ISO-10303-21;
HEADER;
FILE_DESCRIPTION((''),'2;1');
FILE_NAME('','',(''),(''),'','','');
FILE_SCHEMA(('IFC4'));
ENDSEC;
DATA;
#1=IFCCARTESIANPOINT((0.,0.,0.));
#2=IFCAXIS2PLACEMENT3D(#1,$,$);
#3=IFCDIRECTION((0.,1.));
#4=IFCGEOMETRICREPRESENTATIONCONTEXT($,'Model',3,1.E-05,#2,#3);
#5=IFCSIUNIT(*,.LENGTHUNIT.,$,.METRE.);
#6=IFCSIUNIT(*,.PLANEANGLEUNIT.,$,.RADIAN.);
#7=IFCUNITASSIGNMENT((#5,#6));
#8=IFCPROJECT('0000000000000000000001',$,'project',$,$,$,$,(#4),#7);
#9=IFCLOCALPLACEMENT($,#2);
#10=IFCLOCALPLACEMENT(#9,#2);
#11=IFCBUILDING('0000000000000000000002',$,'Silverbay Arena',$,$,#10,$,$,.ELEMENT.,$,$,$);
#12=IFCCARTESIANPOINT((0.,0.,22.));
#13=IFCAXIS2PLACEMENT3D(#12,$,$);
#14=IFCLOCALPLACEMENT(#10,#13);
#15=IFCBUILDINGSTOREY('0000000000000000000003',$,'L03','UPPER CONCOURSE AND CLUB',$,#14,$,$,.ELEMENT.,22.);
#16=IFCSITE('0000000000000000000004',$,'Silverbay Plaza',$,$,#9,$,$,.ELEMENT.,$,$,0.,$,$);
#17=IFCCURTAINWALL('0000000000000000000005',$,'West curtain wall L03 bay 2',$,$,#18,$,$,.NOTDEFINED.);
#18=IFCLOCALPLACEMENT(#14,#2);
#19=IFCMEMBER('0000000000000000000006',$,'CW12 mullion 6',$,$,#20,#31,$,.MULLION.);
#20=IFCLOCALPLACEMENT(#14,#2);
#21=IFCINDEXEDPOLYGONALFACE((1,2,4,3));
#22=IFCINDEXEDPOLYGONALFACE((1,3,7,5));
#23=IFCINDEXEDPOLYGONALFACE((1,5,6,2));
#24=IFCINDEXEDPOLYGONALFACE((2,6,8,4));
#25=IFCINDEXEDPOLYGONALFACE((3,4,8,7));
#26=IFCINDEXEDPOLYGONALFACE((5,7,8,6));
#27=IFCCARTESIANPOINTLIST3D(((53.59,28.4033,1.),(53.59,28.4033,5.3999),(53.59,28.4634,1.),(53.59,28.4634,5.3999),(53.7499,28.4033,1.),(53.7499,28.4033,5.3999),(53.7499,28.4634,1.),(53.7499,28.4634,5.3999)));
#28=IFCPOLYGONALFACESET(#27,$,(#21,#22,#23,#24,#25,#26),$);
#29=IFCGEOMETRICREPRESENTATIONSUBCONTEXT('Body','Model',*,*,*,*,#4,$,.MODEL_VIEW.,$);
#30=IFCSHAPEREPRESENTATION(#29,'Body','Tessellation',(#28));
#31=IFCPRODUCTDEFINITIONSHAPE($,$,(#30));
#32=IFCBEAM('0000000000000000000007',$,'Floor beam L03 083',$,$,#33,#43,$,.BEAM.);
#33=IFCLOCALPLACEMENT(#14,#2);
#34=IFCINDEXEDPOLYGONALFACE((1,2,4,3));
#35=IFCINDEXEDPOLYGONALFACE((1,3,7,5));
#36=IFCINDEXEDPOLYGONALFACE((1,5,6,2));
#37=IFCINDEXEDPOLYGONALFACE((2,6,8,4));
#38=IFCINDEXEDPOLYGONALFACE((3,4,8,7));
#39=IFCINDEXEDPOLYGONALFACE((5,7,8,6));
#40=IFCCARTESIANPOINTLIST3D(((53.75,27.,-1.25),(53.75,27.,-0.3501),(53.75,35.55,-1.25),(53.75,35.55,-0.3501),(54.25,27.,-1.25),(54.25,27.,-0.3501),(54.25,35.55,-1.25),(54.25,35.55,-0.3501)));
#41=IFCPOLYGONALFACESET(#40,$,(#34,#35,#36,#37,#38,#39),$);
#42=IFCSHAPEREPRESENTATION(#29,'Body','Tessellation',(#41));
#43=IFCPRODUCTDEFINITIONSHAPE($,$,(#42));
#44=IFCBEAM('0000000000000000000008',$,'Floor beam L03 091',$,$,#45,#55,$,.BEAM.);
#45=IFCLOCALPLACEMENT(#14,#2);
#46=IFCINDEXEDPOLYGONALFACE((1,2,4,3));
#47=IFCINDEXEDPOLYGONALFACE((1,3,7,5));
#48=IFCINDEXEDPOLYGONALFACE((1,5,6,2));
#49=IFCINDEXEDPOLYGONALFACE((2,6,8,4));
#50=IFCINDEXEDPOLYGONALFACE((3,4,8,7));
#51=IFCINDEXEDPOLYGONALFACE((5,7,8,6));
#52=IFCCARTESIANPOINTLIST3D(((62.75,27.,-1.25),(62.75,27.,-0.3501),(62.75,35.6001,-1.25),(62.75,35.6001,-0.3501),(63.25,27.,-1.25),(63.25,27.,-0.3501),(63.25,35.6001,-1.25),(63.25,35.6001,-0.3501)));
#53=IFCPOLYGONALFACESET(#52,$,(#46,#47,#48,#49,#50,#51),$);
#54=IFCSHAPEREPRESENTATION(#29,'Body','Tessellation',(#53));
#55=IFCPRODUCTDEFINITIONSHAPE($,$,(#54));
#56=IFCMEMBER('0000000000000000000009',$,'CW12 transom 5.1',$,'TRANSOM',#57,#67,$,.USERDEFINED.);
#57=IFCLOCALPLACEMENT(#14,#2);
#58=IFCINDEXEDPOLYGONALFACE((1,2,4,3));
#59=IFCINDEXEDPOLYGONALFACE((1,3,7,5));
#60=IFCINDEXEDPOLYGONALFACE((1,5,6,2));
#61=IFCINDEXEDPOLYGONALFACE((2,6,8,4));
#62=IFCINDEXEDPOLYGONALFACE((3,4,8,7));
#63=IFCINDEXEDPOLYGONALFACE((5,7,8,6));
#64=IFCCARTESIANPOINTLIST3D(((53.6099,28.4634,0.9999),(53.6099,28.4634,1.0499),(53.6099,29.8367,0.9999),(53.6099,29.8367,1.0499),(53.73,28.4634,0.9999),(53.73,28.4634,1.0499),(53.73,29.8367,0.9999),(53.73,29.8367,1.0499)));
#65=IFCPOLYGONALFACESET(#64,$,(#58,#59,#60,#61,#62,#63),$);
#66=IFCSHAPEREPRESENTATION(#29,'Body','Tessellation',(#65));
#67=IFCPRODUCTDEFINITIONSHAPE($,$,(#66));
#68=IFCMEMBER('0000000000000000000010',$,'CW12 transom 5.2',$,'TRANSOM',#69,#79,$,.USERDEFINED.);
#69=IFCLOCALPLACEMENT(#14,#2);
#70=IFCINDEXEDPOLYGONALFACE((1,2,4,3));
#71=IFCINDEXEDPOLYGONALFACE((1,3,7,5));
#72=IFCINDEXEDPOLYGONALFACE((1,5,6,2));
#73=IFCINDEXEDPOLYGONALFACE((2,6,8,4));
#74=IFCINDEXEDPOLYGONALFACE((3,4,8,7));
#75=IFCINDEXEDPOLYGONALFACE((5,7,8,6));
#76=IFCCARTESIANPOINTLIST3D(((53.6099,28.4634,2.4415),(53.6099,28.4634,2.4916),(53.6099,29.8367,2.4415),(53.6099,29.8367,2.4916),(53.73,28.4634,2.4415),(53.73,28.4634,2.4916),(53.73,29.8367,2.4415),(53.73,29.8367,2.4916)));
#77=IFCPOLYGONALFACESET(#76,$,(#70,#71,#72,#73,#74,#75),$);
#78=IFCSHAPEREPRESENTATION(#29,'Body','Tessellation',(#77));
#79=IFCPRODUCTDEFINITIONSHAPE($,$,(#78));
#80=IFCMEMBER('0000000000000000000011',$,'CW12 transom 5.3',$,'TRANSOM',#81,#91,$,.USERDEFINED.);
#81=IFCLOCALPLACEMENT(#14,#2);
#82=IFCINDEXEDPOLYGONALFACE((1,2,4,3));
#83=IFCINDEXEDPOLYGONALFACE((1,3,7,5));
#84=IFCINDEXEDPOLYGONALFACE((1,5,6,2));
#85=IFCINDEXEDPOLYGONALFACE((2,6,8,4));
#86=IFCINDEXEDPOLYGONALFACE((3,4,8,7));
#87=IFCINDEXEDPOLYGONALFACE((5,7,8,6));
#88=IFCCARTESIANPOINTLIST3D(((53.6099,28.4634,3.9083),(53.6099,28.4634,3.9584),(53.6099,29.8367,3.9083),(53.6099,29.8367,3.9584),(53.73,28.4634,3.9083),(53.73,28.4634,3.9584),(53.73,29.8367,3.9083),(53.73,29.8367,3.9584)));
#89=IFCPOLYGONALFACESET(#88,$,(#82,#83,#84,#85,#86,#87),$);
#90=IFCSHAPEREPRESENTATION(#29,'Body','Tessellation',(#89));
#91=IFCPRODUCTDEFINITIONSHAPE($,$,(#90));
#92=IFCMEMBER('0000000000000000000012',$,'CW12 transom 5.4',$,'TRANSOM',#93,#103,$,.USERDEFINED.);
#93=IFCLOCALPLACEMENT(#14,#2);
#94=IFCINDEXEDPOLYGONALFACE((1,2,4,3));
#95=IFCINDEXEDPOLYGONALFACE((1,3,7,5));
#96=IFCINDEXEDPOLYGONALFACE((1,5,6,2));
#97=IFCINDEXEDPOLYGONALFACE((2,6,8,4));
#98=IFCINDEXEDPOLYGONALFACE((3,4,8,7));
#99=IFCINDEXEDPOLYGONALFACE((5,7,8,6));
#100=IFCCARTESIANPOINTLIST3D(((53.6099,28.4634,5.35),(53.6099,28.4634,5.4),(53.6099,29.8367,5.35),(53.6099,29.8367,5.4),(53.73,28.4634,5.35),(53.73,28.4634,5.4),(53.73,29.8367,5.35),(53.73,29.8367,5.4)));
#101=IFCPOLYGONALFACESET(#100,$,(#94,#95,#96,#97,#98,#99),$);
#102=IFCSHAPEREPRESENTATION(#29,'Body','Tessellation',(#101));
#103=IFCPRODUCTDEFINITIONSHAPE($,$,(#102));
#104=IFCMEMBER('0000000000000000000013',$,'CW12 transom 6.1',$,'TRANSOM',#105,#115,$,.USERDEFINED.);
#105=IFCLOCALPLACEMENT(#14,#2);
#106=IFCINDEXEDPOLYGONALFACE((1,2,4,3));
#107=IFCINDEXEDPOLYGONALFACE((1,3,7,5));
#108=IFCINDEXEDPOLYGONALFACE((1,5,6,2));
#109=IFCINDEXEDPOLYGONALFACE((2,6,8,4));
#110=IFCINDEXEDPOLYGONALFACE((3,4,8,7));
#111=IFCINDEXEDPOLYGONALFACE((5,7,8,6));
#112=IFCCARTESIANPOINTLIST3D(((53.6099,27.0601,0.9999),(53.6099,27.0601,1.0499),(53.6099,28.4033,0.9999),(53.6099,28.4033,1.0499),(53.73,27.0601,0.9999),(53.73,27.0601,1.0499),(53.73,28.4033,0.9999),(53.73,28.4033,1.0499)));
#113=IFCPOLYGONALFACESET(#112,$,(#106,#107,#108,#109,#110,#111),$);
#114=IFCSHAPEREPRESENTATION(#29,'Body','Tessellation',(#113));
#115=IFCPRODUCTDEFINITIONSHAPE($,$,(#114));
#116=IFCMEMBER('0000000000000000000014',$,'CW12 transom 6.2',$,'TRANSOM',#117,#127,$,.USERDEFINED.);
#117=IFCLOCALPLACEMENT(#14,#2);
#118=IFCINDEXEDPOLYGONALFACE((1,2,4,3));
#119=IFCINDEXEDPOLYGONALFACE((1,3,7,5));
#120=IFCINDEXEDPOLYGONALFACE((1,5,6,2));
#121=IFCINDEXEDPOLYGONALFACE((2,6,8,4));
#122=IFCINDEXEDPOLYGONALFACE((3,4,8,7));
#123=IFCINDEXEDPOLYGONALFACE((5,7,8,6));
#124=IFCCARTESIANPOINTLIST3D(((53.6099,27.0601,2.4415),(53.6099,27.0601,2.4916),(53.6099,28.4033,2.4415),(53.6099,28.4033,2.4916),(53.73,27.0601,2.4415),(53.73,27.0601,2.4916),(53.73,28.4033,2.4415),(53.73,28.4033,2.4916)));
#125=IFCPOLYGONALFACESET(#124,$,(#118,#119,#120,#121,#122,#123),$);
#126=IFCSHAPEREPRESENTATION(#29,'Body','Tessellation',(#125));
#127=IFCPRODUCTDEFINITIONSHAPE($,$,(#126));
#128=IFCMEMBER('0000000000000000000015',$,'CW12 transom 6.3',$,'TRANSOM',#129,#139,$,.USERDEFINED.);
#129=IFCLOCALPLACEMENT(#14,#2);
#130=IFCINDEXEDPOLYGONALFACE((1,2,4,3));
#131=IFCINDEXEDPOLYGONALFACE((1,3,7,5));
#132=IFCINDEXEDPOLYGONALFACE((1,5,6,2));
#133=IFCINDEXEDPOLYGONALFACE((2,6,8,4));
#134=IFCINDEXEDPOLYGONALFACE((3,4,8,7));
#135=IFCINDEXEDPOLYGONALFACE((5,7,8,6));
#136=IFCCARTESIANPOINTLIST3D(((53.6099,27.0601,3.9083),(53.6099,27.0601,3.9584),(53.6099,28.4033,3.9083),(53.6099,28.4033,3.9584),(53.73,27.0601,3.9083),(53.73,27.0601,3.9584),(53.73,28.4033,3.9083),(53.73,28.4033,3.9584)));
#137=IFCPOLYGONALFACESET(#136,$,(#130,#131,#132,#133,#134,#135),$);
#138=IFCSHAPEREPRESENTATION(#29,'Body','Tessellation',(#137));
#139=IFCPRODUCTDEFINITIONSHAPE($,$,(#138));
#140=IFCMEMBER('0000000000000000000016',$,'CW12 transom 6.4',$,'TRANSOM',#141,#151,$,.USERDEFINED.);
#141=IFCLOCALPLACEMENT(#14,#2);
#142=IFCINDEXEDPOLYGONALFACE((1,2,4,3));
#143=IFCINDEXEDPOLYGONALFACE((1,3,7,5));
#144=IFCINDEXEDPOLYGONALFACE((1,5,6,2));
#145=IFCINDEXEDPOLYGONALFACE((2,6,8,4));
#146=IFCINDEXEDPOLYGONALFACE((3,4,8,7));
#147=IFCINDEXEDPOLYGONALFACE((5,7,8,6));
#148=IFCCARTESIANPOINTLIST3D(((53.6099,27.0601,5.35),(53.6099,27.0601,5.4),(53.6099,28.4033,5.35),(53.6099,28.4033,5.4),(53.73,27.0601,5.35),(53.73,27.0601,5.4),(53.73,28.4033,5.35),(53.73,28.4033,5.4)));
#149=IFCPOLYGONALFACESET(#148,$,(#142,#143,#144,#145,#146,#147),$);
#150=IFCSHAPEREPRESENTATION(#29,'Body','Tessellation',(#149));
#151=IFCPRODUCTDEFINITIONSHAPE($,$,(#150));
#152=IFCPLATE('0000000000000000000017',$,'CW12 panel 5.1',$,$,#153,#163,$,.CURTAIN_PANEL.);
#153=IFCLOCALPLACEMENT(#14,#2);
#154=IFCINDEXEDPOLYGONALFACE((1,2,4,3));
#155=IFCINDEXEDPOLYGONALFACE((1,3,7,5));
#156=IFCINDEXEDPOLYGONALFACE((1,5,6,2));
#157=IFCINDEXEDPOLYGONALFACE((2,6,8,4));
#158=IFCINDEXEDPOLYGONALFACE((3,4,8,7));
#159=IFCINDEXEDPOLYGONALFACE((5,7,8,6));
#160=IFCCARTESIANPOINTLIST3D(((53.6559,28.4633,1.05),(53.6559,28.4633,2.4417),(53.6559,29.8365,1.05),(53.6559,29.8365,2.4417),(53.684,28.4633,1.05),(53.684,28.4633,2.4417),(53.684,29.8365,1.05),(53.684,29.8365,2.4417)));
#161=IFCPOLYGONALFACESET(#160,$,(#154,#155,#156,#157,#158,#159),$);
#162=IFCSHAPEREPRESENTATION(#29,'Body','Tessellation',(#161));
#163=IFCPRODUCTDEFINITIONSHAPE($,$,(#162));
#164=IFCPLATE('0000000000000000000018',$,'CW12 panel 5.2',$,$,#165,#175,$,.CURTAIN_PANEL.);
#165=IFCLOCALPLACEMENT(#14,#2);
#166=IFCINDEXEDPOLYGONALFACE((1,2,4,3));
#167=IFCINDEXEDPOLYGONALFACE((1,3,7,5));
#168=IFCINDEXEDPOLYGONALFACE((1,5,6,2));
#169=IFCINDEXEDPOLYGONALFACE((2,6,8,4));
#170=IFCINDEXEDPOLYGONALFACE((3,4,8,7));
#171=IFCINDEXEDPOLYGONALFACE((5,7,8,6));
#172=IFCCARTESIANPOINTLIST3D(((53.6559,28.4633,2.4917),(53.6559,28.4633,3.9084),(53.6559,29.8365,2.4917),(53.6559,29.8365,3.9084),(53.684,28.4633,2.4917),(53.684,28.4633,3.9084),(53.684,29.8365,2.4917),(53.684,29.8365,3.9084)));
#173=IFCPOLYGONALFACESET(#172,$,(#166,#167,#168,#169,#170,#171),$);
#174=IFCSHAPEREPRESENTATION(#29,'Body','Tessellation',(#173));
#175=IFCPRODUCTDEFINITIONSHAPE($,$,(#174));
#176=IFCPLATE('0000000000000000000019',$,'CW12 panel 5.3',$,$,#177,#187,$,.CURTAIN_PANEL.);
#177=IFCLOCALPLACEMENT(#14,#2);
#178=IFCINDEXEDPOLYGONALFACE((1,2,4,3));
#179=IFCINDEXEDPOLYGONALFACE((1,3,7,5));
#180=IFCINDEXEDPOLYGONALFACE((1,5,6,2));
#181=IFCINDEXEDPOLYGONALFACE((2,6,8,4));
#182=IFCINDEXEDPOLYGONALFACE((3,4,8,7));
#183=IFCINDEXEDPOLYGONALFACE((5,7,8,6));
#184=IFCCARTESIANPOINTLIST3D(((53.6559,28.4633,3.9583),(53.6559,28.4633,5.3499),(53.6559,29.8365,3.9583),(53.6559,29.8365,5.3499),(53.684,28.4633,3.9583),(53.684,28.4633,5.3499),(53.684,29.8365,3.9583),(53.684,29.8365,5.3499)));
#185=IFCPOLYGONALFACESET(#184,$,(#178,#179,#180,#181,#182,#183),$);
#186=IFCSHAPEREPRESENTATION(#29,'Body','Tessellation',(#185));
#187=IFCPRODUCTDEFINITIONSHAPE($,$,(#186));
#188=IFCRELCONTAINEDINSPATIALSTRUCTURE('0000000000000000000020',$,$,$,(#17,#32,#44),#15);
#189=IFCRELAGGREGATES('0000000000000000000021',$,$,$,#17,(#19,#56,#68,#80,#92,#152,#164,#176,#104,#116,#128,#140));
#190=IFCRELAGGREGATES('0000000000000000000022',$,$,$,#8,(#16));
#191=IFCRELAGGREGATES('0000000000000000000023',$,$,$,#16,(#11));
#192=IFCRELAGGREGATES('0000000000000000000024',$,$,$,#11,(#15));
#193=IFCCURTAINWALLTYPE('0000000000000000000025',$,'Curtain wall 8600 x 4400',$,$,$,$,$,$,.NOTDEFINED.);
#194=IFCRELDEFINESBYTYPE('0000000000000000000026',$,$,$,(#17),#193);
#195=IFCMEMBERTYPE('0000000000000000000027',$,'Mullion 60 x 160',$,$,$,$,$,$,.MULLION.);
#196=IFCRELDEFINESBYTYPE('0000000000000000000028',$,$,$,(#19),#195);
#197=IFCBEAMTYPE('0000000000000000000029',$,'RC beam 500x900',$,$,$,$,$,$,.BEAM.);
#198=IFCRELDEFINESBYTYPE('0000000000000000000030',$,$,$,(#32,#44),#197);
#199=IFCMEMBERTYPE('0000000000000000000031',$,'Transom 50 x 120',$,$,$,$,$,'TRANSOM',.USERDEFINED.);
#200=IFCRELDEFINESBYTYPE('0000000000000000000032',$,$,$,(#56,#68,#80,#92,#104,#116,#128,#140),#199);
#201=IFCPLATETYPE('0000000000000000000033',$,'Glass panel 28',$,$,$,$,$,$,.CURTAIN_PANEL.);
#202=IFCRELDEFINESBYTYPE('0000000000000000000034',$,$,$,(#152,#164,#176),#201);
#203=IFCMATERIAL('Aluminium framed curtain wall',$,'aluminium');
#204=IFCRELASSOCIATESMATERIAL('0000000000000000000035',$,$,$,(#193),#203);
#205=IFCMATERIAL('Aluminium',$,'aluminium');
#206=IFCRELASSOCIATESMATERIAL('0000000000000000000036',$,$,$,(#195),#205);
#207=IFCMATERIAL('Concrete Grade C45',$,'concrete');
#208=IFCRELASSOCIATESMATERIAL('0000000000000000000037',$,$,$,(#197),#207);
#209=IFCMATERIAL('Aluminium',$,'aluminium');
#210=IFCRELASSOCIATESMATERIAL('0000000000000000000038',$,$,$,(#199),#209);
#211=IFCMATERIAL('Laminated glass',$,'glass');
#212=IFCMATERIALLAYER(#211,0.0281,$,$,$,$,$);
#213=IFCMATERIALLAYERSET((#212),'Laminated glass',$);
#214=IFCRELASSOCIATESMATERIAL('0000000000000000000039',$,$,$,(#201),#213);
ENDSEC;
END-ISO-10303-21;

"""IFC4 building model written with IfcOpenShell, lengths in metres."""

from ifc_helpers import new_model, si_unit, direction, frame, origin, origin_2d, place, context, subcontext, project, spatial, rectangle, extrude, material, layer, layer_set, material_profile, profile_set, type_object, element, aggregate, save


model = new_model("IFC4")

# Units and contexts
model_context = context("Model", 3, precision=1e-05, world=origin(), true_north=direction((0.0, 1.0)))
body_context = subcontext(model_context, "Body", "Model", "MODEL_VIEW")
ifc_project = project(units=[si_unit("LENGTHUNIT", "METRE"), si_unit("PLANEANGLEUNIT", "RADIAN")], contexts=[model_context])

# Site, building, storey
site_placement = place(None, origin())
site = spatial("IfcSite", under=ifc_project, at=site_placement, Name="Silverbay Plaza", CompositionType="ELEMENT", RefElevation=0.0)
building_placement = place(site_placement, origin())
building = spatial("IfcBuilding", under=site, at=building_placement, Name="Silverbay Arena", CompositionType="ELEMENT")
storey_placement = place(building_placement, frame((0.0, 0.0, 22.0)))
storey = spatial("IfcBuildingStorey", under=building, at=storey_placement, Name="L03", Description="UPPER CONCOURSE AND CLUB", CompositionType="ELEMENT", Elevation=22.0)

# Curtain wall, member
ifc_material_1 = material(Name="Aluminium framed curtain wall", Category="aluminium")
curtain_wall_type = type_object("IfcCurtainWallType", Name="Curtain wall 8600 x 4400", PredefinedType="NOTDEFINED", material=ifc_material_1)
curtain_wall_placement = place(storey_placement, origin())
curtain_wall = element("IfcCurtainWall", 1, at=curtain_wall_placement, inside=storey, type_object=curtain_wall_type, Name="West curtain wall L03 bay 2", PredefinedType="NOTDEFINED")
ifc_material_2 = material(Name="Aluminium", Category="aluminium")
ifc_material_profile_1 = material_profile(ifc_material_2, rectangle(XDim=0.1599, YDim=0.0601, at=origin_2d()), Name="Mullion 60 x 160")
ifc_profile_set_1 = profile_set([ifc_material_profile_1], Name="Aluminium")
member_type_1 = type_object("IfcMemberType", Name="Mullion 60 x 160", PredefinedType="MULLION", material=ifc_profile_set_1)
member_1_placement = place(storey_placement, frame((53.6699, 28.4333, 1.0), z_axis=(0.0, 0.0, 1.0), x_axis=(1.0, 0.0, 0.0)))
member_1 = element("IfcMember", 2, at=member_1_placement, type_object=member_type_1, Name="CW12 mullion 6", PredefinedType="MULLION", context=body_context, shape_type="SweptSolid", body=[
    extrude(rectangle(XDim=0.1599, YDim=0.0601, at=origin_2d()), origin(), (0.0, 0.0, 1.0), 4.3999),
])

# Beams
ifc_material_3 = material(Name="Concrete Grade C45", Category="concrete")
ifc_material_profile_2 = material_profile(ifc_material_3, rectangle(XDim=0.5, YDim=0.8999, at=origin_2d()), Name="RC 500x900")
ifc_profile_set_2 = profile_set([ifc_material_profile_2], Name="Concrete Grade C45")
beam_type = type_object("IfcBeamType", Name="RC beam 500x900", PredefinedType="BEAM", material=ifc_profile_set_2)
beam_1_placement = place(storey_placement, frame((54.0, 27.0, -0.8), z_axis=(0.0, 1.0, 0.0), x_axis=(-1.0, 0.0, 0.0)))
element("IfcBeam", 3, at=beam_1_placement, inside=storey, type_object=beam_type, Name="Floor beam L03 083", PredefinedType="BEAM", context=body_context, shape_type="SweptSolid", body=[
    extrude(rectangle(XDim=0.5, YDim=0.8999, at=origin_2d()), origin(), (0.0, 0.0, 1.0), 8.55),
])
beam_2_placement = place(storey_placement, frame((63.0, 27.0, -0.8), z_axis=(0.0, 1.0, 0.0), x_axis=(-1.0, 0.0, 0.0)))
element("IfcBeam", 4, at=beam_2_placement, inside=storey, type_object=beam_type, Name="Floor beam L03 091", PredefinedType="BEAM", context=body_context, shape_type="SweptSolid", body=[
    extrude(rectangle(XDim=0.5, YDim=0.8999, at=origin_2d()), origin(), (0.0, 0.0, 1.0), 8.6001),
])

# Members
ifc_material_4 = material(Name="Aluminium", Category="aluminium")
ifc_material_profile_3 = material_profile(ifc_material_4, rectangle(XDim=0.1201, YDim=0.05, at=origin_2d()), Name="Transom 50 x 120")
ifc_profile_set_3 = profile_set([ifc_material_profile_3], Name="Aluminium")
member_type_2 = type_object("IfcMemberType", Name="Transom 50 x 120", ElementType="TRANSOM", PredefinedType="USERDEFINED", material=ifc_profile_set_3)
member_2_placement = place(storey_placement, frame((53.6699, 29.8367, 1.0249), z_axis=(0.0, -1.0, 0.0), x_axis=(1.0, 0.0, 0.0)))
member_2 = element("IfcMember", 5, at=member_2_placement, type_object=member_type_2, Name="CW12 transom 5.1", ObjectType="TRANSOM", PredefinedType="USERDEFINED", context=body_context, shape_type="SweptSolid", body=[
    extrude(rectangle(XDim=0.1201, YDim=0.05, at=origin_2d()), origin(), (0.0, 0.0, 1.0), 1.3733),
])
member_3_placement = place(storey_placement, frame((53.6699, 29.8367, 2.4666), z_axis=(0.0, -1.0, 0.0), x_axis=(1.0, 0.0, 0.0)))
member_3 = element("IfcMember", 6, at=member_3_placement, type_object=member_type_2, Name="CW12 transom 5.2", ObjectType="TRANSOM", PredefinedType="USERDEFINED", context=body_context, shape_type="SweptSolid", body=[
    extrude(rectangle(XDim=0.1201, YDim=0.05, at=origin_2d()), origin(), (0.0, 0.0, 1.0), 1.3733),
])
member_4_placement = place(storey_placement, frame((53.6699, 29.8367, 3.9333), z_axis=(0.0, -1.0, 0.0), x_axis=(1.0, 0.0, 0.0)))
member_4 = element("IfcMember", 7, at=member_4_placement, type_object=member_type_2, Name="CW12 transom 5.3", ObjectType="TRANSOM", PredefinedType="USERDEFINED", context=body_context, shape_type="SweptSolid", body=[
    extrude(rectangle(XDim=0.1201, YDim=0.05, at=origin_2d()), origin(), (0.0, 0.0, 1.0), 1.3733),
])
member_5_placement = place(storey_placement, frame((53.6699, 29.8367, 5.375), z_axis=(0.0, -1.0, 0.0), x_axis=(1.0, 0.0, 0.0)))
member_5 = element("IfcMember", 8, at=member_5_placement, type_object=member_type_2, Name="CW12 transom 5.4", ObjectType="TRANSOM", PredefinedType="USERDEFINED", context=body_context, shape_type="SweptSolid", body=[
    extrude(rectangle(XDim=0.1201, YDim=0.05, at=origin_2d()), origin(), (0.0, 0.0, 1.0), 1.3733),
])
member_6_placement = place(storey_placement, frame((53.6699, 28.4033, 1.0249), z_axis=(0.0, -1.0, 0.0), x_axis=(1.0, 0.0, 0.0)))
member_6 = element("IfcMember", 9, at=member_6_placement, type_object=member_type_2, Name="CW12 transom 6.1", ObjectType="TRANSOM", PredefinedType="USERDEFINED", context=body_context, shape_type="SweptSolid", body=[
    extrude(rectangle(XDim=0.1201, YDim=0.05, at=origin_2d()), origin(), (0.0, 0.0, 1.0), 1.3433),
])
member_7_placement = place(storey_placement, frame((53.6699, 28.4033, 2.4666), z_axis=(0.0, -1.0, 0.0), x_axis=(1.0, 0.0, 0.0)))
member_7 = element("IfcMember", 10, at=member_7_placement, type_object=member_type_2, Name="CW12 transom 6.2", ObjectType="TRANSOM", PredefinedType="USERDEFINED", context=body_context, shape_type="SweptSolid", body=[
    extrude(rectangle(XDim=0.1201, YDim=0.05, at=origin_2d()), origin(), (0.0, 0.0, 1.0), 1.3433),
])
member_8_placement = place(storey_placement, frame((53.6699, 28.4033, 3.9333), z_axis=(0.0, -1.0, 0.0), x_axis=(1.0, 0.0, 0.0)))
member_8 = element("IfcMember", 11, at=member_8_placement, type_object=member_type_2, Name="CW12 transom 6.3", ObjectType="TRANSOM", PredefinedType="USERDEFINED", context=body_context, shape_type="SweptSolid", body=[
    extrude(rectangle(XDim=0.1201, YDim=0.05, at=origin_2d()), origin(), (0.0, 0.0, 1.0), 1.3433),
])
member_9_placement = place(storey_placement, frame((53.6699, 28.4033, 5.375), z_axis=(0.0, -1.0, 0.0), x_axis=(1.0, 0.0, 0.0)))
member_9 = element("IfcMember", 12, at=member_9_placement, type_object=member_type_2, Name="CW12 transom 6.4", ObjectType="TRANSOM", PredefinedType="USERDEFINED", context=body_context, shape_type="SweptSolid", body=[
    extrude(rectangle(XDim=0.1201, YDim=0.05, at=origin_2d()), origin(), (0.0, 0.0, 1.0), 1.3433),
])

# Plates
ifc_material_5 = material(Name="Laminated glass", Category="glass")
ifc_layer_1 = layer(ifc_material_5, 0.0281)
ifc_layer_set_1 = layer_set([ifc_layer_1], Name="Laminated glass")
plate_type = type_object("IfcPlateType", Name="Glass panel 28", PredefinedType="CURTAIN_PANEL", material=ifc_layer_set_1)
plate_1_placement = place(storey_placement, frame((53.6699, 29.1499, 1.05), z_axis=(0.0, 0.0, 1.0), x_axis=(0.0, -1.0, 0.0)))
plate_1 = element("IfcPlate", 13, at=plate_1_placement, type_object=plate_type, Name="CW12 panel 5.1", PredefinedType="CURTAIN_PANEL", context=body_context, shape_type="SweptSolid", body=[
    extrude(rectangle(XDim=1.3733, YDim=0.0281, at=origin_2d()), origin(), (0.0, 0.0, 1.0), 1.3916),
])
plate_2_placement = place(storey_placement, frame((53.6699, 29.1499, 2.4917), z_axis=(0.0, 0.0, 1.0), x_axis=(0.0, -1.0, 0.0)))
plate_2 = element("IfcPlate", 14, at=plate_2_placement, type_object=plate_type, Name="CW12 panel 5.2", PredefinedType="CURTAIN_PANEL", context=body_context, shape_type="SweptSolid", body=[
    extrude(rectangle(XDim=1.3733, YDim=0.0281, at=origin_2d()), origin(), (0.0, 0.0, 1.0), 1.4167),
])
plate_3_placement = place(storey_placement, frame((53.6699, 29.1499, 3.9583), z_axis=(0.0, 0.0, 1.0), x_axis=(0.0, -1.0, 0.0)))
plate_3 = element("IfcPlate", 15, at=plate_3_placement, type_object=plate_type, Name="CW12 panel 5.3", PredefinedType="CURTAIN_PANEL", context=body_context, shape_type="SweptSolid", body=[
    extrude(rectangle(XDim=1.3733, YDim=0.0281, at=origin_2d()), origin(), (0.0, 0.0, 1.0), 1.3916),
])
aggregate(curtain_wall, [member_1, member_2, member_3, member_4, member_5, plate_1, plate_2, plate_3, member_6, member_7, member_8, member_9])

save(model, "model.ifc")
